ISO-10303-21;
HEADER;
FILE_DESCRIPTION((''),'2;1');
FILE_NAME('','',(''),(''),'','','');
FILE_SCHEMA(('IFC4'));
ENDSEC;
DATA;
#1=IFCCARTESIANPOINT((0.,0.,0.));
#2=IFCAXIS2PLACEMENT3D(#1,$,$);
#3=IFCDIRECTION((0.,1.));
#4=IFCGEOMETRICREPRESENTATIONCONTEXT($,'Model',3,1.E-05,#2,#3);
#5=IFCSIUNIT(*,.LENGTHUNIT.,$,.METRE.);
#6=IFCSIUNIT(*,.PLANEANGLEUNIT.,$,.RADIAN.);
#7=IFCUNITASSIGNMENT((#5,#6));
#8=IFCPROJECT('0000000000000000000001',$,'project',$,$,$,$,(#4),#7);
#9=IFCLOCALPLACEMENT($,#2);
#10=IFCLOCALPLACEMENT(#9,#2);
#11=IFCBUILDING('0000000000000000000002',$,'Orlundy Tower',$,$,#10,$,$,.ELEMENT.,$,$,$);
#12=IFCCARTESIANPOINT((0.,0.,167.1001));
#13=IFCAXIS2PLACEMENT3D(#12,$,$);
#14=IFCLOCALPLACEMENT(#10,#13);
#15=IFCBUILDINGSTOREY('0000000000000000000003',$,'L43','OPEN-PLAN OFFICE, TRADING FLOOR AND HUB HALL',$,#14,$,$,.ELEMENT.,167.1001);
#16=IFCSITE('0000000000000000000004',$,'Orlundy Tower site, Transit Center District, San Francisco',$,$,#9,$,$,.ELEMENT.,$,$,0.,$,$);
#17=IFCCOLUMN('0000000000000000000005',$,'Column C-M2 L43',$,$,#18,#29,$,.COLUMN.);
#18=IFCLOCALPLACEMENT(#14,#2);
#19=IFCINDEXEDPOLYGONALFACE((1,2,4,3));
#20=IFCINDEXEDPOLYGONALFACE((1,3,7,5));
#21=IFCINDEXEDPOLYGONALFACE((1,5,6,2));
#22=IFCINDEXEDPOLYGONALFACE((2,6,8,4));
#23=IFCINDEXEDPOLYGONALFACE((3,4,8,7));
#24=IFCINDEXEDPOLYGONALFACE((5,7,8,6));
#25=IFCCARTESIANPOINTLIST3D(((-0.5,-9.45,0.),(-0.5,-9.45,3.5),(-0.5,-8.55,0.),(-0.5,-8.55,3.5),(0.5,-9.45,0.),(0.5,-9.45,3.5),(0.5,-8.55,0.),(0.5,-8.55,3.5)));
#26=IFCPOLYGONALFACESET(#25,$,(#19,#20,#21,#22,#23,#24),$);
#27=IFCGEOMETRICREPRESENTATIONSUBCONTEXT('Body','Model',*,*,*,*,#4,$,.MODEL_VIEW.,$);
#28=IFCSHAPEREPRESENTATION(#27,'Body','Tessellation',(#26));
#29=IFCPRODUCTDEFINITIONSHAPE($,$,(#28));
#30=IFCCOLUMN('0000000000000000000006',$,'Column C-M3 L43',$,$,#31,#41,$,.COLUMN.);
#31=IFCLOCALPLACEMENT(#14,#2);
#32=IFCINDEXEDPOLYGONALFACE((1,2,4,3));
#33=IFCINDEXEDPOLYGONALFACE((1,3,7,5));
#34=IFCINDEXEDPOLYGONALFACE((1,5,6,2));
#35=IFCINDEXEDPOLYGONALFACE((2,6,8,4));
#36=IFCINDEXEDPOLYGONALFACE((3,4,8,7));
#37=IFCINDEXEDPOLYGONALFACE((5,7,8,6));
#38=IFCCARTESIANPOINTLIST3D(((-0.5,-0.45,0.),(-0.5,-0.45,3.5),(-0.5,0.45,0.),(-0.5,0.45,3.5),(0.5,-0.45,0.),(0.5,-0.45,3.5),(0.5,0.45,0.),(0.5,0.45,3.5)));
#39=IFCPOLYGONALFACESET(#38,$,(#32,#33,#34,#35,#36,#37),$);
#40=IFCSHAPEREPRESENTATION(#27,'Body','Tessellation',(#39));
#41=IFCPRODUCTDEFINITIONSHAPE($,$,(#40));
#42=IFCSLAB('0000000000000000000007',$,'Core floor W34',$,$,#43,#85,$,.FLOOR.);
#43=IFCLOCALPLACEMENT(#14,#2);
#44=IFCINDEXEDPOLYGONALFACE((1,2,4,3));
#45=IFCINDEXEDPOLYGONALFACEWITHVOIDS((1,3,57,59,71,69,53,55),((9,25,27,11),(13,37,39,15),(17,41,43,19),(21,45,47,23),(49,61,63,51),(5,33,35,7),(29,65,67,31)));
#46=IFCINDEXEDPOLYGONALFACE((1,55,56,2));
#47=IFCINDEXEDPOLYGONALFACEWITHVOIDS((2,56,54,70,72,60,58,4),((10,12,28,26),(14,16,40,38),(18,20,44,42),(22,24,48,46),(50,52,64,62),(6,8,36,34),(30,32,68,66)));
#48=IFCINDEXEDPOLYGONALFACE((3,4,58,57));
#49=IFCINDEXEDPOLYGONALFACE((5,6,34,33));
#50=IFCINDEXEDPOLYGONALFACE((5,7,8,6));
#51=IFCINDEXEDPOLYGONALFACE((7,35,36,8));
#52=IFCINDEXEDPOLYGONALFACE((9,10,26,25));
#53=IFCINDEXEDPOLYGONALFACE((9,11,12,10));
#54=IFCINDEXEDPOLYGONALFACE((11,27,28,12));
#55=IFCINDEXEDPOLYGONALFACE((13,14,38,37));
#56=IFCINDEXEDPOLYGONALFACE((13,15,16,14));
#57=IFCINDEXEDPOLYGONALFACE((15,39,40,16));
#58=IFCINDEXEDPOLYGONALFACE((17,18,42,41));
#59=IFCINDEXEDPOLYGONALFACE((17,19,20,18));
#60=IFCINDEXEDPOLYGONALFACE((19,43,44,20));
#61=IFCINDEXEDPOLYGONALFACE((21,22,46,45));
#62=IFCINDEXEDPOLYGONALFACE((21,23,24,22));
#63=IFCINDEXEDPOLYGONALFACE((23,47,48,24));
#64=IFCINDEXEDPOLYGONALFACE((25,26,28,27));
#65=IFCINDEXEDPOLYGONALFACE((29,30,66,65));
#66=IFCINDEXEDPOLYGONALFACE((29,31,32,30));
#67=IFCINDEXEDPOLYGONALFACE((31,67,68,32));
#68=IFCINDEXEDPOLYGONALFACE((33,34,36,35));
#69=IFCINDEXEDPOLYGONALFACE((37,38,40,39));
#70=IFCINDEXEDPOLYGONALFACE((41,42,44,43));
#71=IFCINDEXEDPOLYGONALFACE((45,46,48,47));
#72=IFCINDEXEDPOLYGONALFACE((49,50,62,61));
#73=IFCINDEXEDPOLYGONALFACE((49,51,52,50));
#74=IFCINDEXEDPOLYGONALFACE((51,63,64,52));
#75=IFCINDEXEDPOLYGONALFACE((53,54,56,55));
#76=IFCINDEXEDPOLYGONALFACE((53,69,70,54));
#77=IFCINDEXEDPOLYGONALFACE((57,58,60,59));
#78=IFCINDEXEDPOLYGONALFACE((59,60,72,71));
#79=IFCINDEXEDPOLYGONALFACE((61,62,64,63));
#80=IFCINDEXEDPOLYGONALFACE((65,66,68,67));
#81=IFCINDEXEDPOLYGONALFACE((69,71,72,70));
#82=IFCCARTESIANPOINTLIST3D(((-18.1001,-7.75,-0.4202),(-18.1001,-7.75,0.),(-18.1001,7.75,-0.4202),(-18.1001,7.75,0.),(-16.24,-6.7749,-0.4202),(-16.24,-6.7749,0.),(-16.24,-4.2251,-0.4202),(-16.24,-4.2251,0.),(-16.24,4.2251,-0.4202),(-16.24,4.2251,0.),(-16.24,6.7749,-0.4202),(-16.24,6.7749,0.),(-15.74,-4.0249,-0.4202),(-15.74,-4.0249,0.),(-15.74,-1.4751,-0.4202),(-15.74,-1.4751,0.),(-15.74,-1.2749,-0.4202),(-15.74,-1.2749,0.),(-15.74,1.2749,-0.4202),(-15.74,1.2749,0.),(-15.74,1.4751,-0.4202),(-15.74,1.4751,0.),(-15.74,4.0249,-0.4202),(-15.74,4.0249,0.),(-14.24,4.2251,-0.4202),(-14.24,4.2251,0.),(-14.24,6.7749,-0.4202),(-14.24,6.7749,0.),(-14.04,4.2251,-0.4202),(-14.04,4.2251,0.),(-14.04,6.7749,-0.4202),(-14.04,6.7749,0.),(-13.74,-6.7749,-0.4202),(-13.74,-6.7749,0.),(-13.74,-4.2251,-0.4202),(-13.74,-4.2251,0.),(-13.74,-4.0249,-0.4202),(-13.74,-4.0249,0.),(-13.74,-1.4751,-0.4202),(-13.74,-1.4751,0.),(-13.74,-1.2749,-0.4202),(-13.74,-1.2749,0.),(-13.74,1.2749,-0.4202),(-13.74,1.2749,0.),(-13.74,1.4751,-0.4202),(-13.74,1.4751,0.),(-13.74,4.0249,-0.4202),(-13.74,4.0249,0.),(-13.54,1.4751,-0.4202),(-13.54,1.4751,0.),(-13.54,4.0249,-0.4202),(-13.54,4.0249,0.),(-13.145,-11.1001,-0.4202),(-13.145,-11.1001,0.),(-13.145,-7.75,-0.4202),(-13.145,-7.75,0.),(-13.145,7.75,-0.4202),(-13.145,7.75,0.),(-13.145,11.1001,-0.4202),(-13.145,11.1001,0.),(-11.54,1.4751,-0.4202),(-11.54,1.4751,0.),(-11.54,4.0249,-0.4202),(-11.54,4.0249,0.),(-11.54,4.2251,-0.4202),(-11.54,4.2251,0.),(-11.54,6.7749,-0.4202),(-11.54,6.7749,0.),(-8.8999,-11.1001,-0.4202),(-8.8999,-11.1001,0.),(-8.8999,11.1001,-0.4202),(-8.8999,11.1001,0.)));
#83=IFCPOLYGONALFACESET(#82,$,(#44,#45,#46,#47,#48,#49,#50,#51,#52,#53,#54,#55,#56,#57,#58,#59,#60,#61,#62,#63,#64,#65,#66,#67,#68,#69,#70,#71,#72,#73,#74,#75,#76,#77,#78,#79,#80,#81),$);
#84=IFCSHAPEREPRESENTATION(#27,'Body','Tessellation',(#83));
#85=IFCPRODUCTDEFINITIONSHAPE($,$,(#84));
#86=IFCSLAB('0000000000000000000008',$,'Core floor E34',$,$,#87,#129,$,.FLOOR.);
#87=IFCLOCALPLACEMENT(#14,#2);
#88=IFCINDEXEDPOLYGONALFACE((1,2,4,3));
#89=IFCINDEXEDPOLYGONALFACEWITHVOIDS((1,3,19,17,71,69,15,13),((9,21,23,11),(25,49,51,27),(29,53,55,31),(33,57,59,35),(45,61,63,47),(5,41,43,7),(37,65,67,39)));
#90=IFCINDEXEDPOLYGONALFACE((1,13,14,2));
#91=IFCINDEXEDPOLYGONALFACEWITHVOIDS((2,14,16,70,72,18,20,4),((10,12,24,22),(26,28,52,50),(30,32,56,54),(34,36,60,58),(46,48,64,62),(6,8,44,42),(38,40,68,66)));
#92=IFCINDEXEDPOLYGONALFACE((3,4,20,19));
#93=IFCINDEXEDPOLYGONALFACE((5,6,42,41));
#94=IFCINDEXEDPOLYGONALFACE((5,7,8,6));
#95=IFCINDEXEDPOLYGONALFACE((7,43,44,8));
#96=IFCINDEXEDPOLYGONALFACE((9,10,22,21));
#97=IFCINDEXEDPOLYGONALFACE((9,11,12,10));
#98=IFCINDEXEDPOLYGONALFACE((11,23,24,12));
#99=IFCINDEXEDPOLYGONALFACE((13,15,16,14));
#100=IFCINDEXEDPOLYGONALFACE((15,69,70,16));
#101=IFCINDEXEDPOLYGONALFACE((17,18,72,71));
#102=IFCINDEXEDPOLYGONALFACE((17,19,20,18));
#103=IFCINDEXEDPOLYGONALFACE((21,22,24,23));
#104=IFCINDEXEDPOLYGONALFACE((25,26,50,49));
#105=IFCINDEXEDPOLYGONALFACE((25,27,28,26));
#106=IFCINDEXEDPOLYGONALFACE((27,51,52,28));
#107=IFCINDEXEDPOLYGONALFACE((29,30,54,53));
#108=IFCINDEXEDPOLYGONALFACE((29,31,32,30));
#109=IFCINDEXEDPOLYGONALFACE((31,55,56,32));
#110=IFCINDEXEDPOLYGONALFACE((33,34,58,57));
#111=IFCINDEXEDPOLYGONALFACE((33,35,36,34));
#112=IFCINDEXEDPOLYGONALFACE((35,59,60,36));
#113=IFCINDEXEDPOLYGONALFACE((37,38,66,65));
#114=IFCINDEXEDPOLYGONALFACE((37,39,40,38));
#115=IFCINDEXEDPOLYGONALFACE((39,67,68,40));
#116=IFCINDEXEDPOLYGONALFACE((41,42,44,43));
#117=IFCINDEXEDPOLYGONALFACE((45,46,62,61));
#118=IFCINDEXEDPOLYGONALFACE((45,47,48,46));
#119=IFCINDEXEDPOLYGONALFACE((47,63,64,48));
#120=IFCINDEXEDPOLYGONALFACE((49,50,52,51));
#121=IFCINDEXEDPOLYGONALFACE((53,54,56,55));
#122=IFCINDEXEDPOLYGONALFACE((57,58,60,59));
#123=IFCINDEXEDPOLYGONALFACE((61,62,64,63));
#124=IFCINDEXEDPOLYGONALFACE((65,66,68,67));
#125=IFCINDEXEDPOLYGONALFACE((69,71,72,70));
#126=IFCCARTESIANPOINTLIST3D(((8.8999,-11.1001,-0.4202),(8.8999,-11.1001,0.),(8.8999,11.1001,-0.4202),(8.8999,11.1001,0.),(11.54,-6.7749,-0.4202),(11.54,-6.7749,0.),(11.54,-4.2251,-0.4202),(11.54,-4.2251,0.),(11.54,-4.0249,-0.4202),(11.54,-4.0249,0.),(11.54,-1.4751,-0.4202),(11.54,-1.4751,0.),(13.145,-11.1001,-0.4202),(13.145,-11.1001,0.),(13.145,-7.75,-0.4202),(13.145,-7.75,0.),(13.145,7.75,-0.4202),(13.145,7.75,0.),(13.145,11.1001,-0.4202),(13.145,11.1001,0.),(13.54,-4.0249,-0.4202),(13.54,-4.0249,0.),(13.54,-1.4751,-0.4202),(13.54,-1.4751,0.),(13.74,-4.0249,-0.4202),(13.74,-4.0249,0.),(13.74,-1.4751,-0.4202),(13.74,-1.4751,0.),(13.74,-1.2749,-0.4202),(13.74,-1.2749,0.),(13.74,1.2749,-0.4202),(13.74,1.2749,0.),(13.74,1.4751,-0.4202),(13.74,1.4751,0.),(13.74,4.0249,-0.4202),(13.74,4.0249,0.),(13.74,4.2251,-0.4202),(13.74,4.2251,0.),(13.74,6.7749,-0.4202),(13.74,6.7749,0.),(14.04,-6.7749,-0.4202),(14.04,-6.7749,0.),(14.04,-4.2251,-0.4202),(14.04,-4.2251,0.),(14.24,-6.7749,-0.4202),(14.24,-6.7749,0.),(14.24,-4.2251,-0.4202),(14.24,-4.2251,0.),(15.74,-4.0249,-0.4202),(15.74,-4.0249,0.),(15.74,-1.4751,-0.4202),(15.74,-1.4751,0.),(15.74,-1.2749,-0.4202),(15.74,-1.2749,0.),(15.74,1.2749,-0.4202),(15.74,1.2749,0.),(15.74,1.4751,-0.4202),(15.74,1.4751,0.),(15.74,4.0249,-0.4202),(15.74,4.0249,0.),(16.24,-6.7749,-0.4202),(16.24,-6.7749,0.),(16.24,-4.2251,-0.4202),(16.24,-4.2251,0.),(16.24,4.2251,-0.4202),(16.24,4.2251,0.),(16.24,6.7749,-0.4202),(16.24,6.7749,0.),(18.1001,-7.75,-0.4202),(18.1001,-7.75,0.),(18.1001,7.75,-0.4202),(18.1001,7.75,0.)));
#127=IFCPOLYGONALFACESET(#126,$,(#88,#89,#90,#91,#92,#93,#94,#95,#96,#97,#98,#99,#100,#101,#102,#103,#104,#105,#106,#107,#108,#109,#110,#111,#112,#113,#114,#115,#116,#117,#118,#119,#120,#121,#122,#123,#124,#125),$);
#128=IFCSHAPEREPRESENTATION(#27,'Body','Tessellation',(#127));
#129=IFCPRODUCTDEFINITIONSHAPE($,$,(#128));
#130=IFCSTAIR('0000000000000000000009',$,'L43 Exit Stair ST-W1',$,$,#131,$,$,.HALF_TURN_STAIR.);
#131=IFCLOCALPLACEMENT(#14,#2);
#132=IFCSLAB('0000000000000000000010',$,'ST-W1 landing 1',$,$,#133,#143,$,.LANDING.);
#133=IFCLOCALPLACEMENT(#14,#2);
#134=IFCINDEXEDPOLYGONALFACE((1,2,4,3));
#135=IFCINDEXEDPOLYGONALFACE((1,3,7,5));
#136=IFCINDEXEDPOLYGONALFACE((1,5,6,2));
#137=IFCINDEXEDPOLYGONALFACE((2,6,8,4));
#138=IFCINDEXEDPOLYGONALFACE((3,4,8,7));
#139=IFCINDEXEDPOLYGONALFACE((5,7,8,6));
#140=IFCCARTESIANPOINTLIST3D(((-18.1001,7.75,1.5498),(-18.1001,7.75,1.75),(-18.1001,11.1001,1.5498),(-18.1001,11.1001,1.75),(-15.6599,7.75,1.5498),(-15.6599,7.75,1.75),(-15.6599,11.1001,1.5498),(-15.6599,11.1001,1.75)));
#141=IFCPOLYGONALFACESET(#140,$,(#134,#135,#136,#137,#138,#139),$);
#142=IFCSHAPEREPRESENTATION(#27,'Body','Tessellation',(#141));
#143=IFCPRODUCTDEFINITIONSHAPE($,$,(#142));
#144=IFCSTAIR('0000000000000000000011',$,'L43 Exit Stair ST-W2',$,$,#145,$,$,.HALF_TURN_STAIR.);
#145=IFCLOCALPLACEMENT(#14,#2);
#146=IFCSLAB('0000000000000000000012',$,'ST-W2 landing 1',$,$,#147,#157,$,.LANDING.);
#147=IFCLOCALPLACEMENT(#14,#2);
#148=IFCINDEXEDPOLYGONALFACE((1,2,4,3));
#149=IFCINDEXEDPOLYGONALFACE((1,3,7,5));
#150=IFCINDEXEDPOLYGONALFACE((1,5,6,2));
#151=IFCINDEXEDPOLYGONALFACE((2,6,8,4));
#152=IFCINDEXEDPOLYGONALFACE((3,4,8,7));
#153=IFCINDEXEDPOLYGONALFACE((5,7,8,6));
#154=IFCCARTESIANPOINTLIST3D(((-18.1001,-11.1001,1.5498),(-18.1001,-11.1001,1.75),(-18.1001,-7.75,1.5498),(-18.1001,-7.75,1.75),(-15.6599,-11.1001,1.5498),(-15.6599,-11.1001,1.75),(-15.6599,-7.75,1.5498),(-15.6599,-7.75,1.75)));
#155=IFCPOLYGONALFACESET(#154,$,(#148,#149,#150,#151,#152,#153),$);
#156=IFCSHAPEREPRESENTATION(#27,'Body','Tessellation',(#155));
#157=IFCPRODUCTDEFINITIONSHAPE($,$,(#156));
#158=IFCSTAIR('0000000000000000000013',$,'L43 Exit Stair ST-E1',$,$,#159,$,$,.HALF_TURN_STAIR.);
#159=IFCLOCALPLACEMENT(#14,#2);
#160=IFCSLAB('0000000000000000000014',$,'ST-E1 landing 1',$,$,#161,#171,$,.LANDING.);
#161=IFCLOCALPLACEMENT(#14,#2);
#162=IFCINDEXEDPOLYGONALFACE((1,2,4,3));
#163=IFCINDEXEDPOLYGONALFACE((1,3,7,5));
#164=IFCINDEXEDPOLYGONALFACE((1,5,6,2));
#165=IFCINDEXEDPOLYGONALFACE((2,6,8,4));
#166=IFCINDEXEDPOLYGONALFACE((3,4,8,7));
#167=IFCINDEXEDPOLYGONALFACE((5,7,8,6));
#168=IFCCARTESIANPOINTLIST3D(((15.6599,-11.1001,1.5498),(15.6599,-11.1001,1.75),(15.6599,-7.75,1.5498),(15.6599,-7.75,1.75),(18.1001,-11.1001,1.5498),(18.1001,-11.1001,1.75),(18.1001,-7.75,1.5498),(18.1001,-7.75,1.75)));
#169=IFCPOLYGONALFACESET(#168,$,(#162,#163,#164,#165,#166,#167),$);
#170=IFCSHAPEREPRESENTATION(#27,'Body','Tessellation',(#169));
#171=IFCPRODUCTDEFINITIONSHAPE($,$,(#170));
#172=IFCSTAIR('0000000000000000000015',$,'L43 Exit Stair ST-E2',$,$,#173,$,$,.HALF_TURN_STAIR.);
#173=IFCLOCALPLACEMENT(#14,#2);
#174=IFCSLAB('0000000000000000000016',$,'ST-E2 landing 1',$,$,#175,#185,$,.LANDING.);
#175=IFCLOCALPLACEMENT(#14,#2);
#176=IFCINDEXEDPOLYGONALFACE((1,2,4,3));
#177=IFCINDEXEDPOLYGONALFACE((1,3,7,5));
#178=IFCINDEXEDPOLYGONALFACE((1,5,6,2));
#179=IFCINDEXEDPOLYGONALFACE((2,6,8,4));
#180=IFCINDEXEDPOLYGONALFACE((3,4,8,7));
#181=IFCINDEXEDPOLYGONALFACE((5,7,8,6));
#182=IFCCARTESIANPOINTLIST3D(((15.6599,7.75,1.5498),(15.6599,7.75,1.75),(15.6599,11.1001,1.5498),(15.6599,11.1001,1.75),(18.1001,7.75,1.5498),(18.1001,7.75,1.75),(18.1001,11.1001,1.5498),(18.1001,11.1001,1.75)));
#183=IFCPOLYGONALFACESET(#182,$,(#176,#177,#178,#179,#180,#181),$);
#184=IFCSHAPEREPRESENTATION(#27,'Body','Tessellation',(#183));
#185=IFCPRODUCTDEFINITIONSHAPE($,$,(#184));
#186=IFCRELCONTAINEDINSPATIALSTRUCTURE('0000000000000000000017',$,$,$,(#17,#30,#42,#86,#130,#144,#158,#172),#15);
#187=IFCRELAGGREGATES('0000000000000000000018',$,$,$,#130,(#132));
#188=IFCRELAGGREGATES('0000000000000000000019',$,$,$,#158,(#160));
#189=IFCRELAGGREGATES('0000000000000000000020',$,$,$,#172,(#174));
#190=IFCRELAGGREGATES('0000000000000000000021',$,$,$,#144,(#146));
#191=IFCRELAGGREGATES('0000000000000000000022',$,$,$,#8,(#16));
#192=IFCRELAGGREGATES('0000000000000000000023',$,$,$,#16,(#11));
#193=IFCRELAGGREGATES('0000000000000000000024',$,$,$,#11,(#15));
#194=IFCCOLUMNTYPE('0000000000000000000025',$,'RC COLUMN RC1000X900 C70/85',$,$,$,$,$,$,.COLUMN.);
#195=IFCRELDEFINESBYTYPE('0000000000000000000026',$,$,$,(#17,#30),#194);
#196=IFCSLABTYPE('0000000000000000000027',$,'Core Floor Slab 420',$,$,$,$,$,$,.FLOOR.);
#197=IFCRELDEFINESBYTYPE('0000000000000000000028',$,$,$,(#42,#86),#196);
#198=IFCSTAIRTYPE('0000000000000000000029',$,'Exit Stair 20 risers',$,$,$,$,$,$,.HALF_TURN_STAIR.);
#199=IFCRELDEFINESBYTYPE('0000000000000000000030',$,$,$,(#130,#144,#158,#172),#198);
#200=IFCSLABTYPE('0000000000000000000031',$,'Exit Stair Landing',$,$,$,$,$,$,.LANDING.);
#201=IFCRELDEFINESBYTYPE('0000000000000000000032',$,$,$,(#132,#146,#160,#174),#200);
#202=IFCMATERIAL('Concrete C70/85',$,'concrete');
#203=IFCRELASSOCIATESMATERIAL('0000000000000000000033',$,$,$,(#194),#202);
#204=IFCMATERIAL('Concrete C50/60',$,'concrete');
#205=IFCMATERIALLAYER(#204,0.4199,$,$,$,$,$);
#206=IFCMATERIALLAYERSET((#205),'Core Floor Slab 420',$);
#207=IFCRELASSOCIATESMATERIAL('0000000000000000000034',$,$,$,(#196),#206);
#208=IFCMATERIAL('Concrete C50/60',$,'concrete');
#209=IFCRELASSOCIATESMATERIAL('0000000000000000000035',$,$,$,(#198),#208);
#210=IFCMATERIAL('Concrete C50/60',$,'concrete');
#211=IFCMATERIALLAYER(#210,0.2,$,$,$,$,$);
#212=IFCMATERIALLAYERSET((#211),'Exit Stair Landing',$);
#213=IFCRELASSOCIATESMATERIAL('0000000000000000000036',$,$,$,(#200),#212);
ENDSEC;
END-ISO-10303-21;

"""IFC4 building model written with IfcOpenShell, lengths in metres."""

from ifc_helpers import new_model, si_unit, direction, frame, origin, origin_2d, place, context, subcontext, project, spatial, polyline, rectangle, outline, extrude, material, layer, layer_set, material_profile, profile_set, type_object, element, aggregate, save


model = new_model("IFC4")

# Units and contexts
model_context = context("Model", 3, precision=1e-05, world=origin(), true_north=direction((0.0, 1.0)))
body_context = subcontext(model_context, "Body", "Model", "MODEL_VIEW")
ifc_project = project(units=[si_unit("LENGTHUNIT", "METRE"), si_unit("PLANEANGLEUNIT", "RADIAN")], contexts=[model_context])

# Site, building, storey
site_placement = place(None, origin())
site = spatial("IfcSite", under=ifc_project, at=site_placement, Name="Orlundy Tower site, Transit Center District, San Francisco", CompositionType="ELEMENT", RefElevation=0.0)
building_placement = place(site_placement, origin())
building = spatial("IfcBuilding", under=site, at=building_placement, Name="Orlundy Tower", CompositionType="ELEMENT")
storey_placement = place(building_placement, frame((0.0, 0.0, 167.1001)))
storey = spatial("IfcBuildingStorey", under=building, at=storey_placement, Name="L43", Description="OPEN-PLAN OFFICE, TRADING FLOOR AND HUB HALL", CompositionType="ELEMENT", Elevation=167.1001)

# Columns
ifc_material_1 = material(Name="Concrete C70/85", Category="concrete")
ifc_material_profile = material_profile(ifc_material_1, rectangle(XDim=1.0, YDim=0.8999, at=origin_2d()), Name="RC1000X900")
ifc_profile_set = profile_set([ifc_material_profile], Name="Concrete C70/85")
column_type = type_object("IfcColumnType", Name="RC COLUMN RC1000X900 C70/85", PredefinedType="COLUMN", material=ifc_profile_set)
for number, where, z_axis, x_axis, name in (
    (1, (0.0, -9.0, 0.0), (0.0, 0.0, 1.0), (1.0, 0.0, 0.0), "Column C-M2 L43"),
    (2, (0.0, 0.0, 0.0), (0.0, 0.0, 1.0), (1.0, 0.0, 0.0), "Column C-M3 L43"),
):
    element("IfcColumn", number, at=place(storey_placement, frame(where, z_axis=z_axis, x_axis=x_axis)), inside=storey, type_object=column_type, Name=name, PredefinedType="COLUMN", context=body_context, shape_type="SweptSolid", body=[
        extrude(rectangle(XDim=1.0, YDim=0.8999, at=origin_2d()), origin(), (0.0, 0.0, 1.0), 3.5),
    ])

# Slabs
ifc_material_2 = material(Name="Concrete C50/60", Category="concrete")
ifc_layer_1 = layer(ifc_material_2, 0.4199)
ifc_layer_set_1 = layer_set([ifc_layer_1], Name="Core Floor Slab 420")
slab_type_1 = type_object("IfcSlabType", Name="Core Floor Slab 420", PredefinedType="FLOOR", material=ifc_layer_set_1)
slab_1_placement = place(storey_placement, frame((0.0, 0.0, -0.4202)))
element("IfcSlab", 3, at=slab_1_placement, inside=storey, type_object=slab_type_1, Name="Core floor W34", PredefinedType="FLOOR", context=body_context, shape_type="SweptSolid", body=[
    extrude(outline(polyline([(-13.145, -11.1001), (-13.145, -7.75), (-18.1001, -7.75), (-18.1001, 7.75), (-13.145, 7.75), (-13.145, 11.1001), (-8.8999, 11.1001), (-8.8999, -11.1001), (-13.145, -11.1001)]), holes=[polyline([(-13.74, -4.2251), (-16.24, -4.2251), (-16.24, -6.7749), (-13.74, -6.7749), (-13.74, -4.2251)]), polyline([(-13.74, -4.0249), (-13.74, -1.4751), (-15.74, -1.4751), (-15.74, -4.0249), (-13.74, -4.0249)]), polyline([(-15.74, -1.2749), (-13.74, -1.2749), (-13.74, 1.2749), (-15.74, 1.2749), (-15.74, -1.2749)]), polyline([(-13.54, 4.0249), (-13.54, 1.4751), (-11.54, 1.4751), (-11.54, 4.0249), (-13.54, 4.0249)]), polyline([(-13.74, 4.0249), (-15.74, 4.0249), (-15.74, 1.4751), (-13.74, 1.4751), (-13.74, 4.0249)]), polyline([(-11.54, 4.2251), (-11.54, 6.7749), (-14.04, 6.7749), (-14.04, 4.2251), (-11.54, 4.2251)]), polyline([(-16.24, 4.2251), (-14.24, 4.2251), (-14.24, 6.7749), (-16.24, 6.7749), (-16.24, 4.2251)])]), origin(), (0.0, 0.0, 1.0), 0.4202),
])
slab_2_placement = place(storey_placement, frame((0.0, 0.0, -0.4202)))
element("IfcSlab", 4, at=slab_2_placement, inside=storey, type_object=slab_type_1, Name="Core floor E34", PredefinedType="FLOOR", context=body_context, shape_type="SweptSolid", body=[
    extrude(outline(polyline([(13.145, 11.1001), (13.145, 7.75), (18.1001, 7.75), (18.1001, -7.75), (13.145, -7.75), (13.145, -11.1001), (8.8999, -11.1001), (8.8999, 11.1001), (13.145, 11.1001)]), holes=[polyline([(13.74, 4.2251), (16.24, 4.2251), (16.24, 6.7749), (13.74, 6.7749), (13.74, 4.2251)]), polyline([(13.74, 4.0249), (13.74, 1.4751), (15.74, 1.4751), (15.74, 4.0249), (13.74, 4.0249)]), polyline([(15.74, 1.2749), (13.74, 1.2749), (13.74, -1.2749), (15.74, -1.2749), (15.74, 1.2749)]), polyline([(13.54, -4.0249), (13.54, -1.4751), (11.54, -1.4751), (11.54, -4.0249), (13.54, -4.0249)]), polyline([(13.74, -4.0249), (15.74, -4.0249), (15.74, -1.4751), (13.74, -1.4751), (13.74, -4.0249)]), polyline([(11.54, -4.2251), (11.54, -6.7749), (14.04, -6.7749), (14.04, -4.2251), (11.54, -4.2251)]), polyline([(16.24, -4.2251), (14.24, -4.2251), (14.24, -6.7749), (16.24, -6.7749), (16.24, -4.2251)])]), origin(), (0.0, 0.0, 1.0), 0.4202),
])

# Stairs, slabs
ifc_material_3 = material(Name="Concrete C50/60", Category="concrete")
stair_type = type_object("IfcStairType", Name="Exit Stair 20 risers", PredefinedType="HALF_TURN_STAIR", material=ifc_material_3)
stair_1_placement = place(storey_placement, origin())
stair_1 = element("IfcStair", 5, at=stair_1_placement, inside=storey, type_object=stair_type, Name="L43 Exit Stair ST-W1", PredefinedType="HALF_TURN_STAIR")
ifc_material_4 = material(Name="Concrete C50/60", Category="concrete")
ifc_layer_2 = layer(ifc_material_4, 0.2)
ifc_layer_set_2 = layer_set([ifc_layer_2], Name="Exit Stair Landing")
slab_type_2 = type_object("IfcSlabType", Name="Exit Stair Landing", PredefinedType="LANDING", material=ifc_layer_set_2)
slab_3_placement = place(storey_placement, frame((0.0, 0.0, 1.5498)))
slab_3 = element("IfcSlab", 6, at=slab_3_placement, type_object=slab_type_2, Name="ST-W1 landing 1", PredefinedType="LANDING", context=body_context, shape_type="SweptSolid", body=[
    extrude(outline(polyline([(-15.6599, 11.1001), (-18.1001, 11.1001), (-18.1001, 7.75), (-15.6599, 7.75), (-15.6599, 11.1001)])), origin(), (0.0, 0.0, 1.0), 0.2002),
])
aggregate(stair_1, [slab_3])
stair_2_placement = place(storey_placement, origin())
stair_2 = element("IfcStair", 7, at=stair_2_placement, inside=storey, type_object=stair_type, Name="L43 Exit Stair ST-W2", PredefinedType="HALF_TURN_STAIR")
slab_4_placement = place(storey_placement, frame((0.0, 0.0, 1.5498)))
slab_4 = element("IfcSlab", 8, at=slab_4_placement, type_object=slab_type_2, Name="ST-W2 landing 1", PredefinedType="LANDING", context=body_context, shape_type="SweptSolid", body=[
    extrude(outline(polyline([(-15.6599, -7.75), (-18.1001, -7.75), (-18.1001, -11.1001), (-15.6599, -11.1001), (-15.6599, -7.75)])), origin(), (0.0, 0.0, 1.0), 0.2002),
])
stair_3_placement = place(storey_placement, origin())
stair_3 = element("IfcStair", 9, at=stair_3_placement, inside=storey, type_object=stair_type, Name="L43 Exit Stair ST-E1", PredefinedType="HALF_TURN_STAIR")
slab_5_placement = place(storey_placement, frame((0.0, 0.0, 1.5498)))
slab_5 = element("IfcSlab", 10, at=slab_5_placement, type_object=slab_type_2, Name="ST-E1 landing 1", PredefinedType="LANDING", context=body_context, shape_type="SweptSolid", body=[
    extrude(outline(polyline([(15.6599, -11.1001), (18.1001, -11.1001), (18.1001, -7.75), (15.6599, -7.75), (15.6599, -11.1001)])), origin(), (0.0, 0.0, 1.0), 0.2002),
])
aggregate(stair_3, [slab_5])
stair_4_placement = place(storey_placement, origin())
stair_4 = element("IfcStair", 11, at=stair_4_placement, inside=storey, type_object=stair_type, Name="L43 Exit Stair ST-E2", PredefinedType="HALF_TURN_STAIR")
slab_6_placement = place(storey_placement, frame((0.0, 0.0, 1.5498)))
slab_6 = element("IfcSlab", 12, at=slab_6_placement, type_object=slab_type_2, Name="ST-E2 landing 1", PredefinedType="LANDING", context=body_context, shape_type="SweptSolid", body=[
    extrude(outline(polyline([(15.6599, 7.75), (18.1001, 7.75), (18.1001, 11.1001), (15.6599, 11.1001), (15.6599, 7.75)])), origin(), (0.0, 0.0, 1.0), 0.2002),
])
aggregate(stair_4, [slab_6])

aggregate(stair_2, [slab_4])

save(model, "model.ifc")
